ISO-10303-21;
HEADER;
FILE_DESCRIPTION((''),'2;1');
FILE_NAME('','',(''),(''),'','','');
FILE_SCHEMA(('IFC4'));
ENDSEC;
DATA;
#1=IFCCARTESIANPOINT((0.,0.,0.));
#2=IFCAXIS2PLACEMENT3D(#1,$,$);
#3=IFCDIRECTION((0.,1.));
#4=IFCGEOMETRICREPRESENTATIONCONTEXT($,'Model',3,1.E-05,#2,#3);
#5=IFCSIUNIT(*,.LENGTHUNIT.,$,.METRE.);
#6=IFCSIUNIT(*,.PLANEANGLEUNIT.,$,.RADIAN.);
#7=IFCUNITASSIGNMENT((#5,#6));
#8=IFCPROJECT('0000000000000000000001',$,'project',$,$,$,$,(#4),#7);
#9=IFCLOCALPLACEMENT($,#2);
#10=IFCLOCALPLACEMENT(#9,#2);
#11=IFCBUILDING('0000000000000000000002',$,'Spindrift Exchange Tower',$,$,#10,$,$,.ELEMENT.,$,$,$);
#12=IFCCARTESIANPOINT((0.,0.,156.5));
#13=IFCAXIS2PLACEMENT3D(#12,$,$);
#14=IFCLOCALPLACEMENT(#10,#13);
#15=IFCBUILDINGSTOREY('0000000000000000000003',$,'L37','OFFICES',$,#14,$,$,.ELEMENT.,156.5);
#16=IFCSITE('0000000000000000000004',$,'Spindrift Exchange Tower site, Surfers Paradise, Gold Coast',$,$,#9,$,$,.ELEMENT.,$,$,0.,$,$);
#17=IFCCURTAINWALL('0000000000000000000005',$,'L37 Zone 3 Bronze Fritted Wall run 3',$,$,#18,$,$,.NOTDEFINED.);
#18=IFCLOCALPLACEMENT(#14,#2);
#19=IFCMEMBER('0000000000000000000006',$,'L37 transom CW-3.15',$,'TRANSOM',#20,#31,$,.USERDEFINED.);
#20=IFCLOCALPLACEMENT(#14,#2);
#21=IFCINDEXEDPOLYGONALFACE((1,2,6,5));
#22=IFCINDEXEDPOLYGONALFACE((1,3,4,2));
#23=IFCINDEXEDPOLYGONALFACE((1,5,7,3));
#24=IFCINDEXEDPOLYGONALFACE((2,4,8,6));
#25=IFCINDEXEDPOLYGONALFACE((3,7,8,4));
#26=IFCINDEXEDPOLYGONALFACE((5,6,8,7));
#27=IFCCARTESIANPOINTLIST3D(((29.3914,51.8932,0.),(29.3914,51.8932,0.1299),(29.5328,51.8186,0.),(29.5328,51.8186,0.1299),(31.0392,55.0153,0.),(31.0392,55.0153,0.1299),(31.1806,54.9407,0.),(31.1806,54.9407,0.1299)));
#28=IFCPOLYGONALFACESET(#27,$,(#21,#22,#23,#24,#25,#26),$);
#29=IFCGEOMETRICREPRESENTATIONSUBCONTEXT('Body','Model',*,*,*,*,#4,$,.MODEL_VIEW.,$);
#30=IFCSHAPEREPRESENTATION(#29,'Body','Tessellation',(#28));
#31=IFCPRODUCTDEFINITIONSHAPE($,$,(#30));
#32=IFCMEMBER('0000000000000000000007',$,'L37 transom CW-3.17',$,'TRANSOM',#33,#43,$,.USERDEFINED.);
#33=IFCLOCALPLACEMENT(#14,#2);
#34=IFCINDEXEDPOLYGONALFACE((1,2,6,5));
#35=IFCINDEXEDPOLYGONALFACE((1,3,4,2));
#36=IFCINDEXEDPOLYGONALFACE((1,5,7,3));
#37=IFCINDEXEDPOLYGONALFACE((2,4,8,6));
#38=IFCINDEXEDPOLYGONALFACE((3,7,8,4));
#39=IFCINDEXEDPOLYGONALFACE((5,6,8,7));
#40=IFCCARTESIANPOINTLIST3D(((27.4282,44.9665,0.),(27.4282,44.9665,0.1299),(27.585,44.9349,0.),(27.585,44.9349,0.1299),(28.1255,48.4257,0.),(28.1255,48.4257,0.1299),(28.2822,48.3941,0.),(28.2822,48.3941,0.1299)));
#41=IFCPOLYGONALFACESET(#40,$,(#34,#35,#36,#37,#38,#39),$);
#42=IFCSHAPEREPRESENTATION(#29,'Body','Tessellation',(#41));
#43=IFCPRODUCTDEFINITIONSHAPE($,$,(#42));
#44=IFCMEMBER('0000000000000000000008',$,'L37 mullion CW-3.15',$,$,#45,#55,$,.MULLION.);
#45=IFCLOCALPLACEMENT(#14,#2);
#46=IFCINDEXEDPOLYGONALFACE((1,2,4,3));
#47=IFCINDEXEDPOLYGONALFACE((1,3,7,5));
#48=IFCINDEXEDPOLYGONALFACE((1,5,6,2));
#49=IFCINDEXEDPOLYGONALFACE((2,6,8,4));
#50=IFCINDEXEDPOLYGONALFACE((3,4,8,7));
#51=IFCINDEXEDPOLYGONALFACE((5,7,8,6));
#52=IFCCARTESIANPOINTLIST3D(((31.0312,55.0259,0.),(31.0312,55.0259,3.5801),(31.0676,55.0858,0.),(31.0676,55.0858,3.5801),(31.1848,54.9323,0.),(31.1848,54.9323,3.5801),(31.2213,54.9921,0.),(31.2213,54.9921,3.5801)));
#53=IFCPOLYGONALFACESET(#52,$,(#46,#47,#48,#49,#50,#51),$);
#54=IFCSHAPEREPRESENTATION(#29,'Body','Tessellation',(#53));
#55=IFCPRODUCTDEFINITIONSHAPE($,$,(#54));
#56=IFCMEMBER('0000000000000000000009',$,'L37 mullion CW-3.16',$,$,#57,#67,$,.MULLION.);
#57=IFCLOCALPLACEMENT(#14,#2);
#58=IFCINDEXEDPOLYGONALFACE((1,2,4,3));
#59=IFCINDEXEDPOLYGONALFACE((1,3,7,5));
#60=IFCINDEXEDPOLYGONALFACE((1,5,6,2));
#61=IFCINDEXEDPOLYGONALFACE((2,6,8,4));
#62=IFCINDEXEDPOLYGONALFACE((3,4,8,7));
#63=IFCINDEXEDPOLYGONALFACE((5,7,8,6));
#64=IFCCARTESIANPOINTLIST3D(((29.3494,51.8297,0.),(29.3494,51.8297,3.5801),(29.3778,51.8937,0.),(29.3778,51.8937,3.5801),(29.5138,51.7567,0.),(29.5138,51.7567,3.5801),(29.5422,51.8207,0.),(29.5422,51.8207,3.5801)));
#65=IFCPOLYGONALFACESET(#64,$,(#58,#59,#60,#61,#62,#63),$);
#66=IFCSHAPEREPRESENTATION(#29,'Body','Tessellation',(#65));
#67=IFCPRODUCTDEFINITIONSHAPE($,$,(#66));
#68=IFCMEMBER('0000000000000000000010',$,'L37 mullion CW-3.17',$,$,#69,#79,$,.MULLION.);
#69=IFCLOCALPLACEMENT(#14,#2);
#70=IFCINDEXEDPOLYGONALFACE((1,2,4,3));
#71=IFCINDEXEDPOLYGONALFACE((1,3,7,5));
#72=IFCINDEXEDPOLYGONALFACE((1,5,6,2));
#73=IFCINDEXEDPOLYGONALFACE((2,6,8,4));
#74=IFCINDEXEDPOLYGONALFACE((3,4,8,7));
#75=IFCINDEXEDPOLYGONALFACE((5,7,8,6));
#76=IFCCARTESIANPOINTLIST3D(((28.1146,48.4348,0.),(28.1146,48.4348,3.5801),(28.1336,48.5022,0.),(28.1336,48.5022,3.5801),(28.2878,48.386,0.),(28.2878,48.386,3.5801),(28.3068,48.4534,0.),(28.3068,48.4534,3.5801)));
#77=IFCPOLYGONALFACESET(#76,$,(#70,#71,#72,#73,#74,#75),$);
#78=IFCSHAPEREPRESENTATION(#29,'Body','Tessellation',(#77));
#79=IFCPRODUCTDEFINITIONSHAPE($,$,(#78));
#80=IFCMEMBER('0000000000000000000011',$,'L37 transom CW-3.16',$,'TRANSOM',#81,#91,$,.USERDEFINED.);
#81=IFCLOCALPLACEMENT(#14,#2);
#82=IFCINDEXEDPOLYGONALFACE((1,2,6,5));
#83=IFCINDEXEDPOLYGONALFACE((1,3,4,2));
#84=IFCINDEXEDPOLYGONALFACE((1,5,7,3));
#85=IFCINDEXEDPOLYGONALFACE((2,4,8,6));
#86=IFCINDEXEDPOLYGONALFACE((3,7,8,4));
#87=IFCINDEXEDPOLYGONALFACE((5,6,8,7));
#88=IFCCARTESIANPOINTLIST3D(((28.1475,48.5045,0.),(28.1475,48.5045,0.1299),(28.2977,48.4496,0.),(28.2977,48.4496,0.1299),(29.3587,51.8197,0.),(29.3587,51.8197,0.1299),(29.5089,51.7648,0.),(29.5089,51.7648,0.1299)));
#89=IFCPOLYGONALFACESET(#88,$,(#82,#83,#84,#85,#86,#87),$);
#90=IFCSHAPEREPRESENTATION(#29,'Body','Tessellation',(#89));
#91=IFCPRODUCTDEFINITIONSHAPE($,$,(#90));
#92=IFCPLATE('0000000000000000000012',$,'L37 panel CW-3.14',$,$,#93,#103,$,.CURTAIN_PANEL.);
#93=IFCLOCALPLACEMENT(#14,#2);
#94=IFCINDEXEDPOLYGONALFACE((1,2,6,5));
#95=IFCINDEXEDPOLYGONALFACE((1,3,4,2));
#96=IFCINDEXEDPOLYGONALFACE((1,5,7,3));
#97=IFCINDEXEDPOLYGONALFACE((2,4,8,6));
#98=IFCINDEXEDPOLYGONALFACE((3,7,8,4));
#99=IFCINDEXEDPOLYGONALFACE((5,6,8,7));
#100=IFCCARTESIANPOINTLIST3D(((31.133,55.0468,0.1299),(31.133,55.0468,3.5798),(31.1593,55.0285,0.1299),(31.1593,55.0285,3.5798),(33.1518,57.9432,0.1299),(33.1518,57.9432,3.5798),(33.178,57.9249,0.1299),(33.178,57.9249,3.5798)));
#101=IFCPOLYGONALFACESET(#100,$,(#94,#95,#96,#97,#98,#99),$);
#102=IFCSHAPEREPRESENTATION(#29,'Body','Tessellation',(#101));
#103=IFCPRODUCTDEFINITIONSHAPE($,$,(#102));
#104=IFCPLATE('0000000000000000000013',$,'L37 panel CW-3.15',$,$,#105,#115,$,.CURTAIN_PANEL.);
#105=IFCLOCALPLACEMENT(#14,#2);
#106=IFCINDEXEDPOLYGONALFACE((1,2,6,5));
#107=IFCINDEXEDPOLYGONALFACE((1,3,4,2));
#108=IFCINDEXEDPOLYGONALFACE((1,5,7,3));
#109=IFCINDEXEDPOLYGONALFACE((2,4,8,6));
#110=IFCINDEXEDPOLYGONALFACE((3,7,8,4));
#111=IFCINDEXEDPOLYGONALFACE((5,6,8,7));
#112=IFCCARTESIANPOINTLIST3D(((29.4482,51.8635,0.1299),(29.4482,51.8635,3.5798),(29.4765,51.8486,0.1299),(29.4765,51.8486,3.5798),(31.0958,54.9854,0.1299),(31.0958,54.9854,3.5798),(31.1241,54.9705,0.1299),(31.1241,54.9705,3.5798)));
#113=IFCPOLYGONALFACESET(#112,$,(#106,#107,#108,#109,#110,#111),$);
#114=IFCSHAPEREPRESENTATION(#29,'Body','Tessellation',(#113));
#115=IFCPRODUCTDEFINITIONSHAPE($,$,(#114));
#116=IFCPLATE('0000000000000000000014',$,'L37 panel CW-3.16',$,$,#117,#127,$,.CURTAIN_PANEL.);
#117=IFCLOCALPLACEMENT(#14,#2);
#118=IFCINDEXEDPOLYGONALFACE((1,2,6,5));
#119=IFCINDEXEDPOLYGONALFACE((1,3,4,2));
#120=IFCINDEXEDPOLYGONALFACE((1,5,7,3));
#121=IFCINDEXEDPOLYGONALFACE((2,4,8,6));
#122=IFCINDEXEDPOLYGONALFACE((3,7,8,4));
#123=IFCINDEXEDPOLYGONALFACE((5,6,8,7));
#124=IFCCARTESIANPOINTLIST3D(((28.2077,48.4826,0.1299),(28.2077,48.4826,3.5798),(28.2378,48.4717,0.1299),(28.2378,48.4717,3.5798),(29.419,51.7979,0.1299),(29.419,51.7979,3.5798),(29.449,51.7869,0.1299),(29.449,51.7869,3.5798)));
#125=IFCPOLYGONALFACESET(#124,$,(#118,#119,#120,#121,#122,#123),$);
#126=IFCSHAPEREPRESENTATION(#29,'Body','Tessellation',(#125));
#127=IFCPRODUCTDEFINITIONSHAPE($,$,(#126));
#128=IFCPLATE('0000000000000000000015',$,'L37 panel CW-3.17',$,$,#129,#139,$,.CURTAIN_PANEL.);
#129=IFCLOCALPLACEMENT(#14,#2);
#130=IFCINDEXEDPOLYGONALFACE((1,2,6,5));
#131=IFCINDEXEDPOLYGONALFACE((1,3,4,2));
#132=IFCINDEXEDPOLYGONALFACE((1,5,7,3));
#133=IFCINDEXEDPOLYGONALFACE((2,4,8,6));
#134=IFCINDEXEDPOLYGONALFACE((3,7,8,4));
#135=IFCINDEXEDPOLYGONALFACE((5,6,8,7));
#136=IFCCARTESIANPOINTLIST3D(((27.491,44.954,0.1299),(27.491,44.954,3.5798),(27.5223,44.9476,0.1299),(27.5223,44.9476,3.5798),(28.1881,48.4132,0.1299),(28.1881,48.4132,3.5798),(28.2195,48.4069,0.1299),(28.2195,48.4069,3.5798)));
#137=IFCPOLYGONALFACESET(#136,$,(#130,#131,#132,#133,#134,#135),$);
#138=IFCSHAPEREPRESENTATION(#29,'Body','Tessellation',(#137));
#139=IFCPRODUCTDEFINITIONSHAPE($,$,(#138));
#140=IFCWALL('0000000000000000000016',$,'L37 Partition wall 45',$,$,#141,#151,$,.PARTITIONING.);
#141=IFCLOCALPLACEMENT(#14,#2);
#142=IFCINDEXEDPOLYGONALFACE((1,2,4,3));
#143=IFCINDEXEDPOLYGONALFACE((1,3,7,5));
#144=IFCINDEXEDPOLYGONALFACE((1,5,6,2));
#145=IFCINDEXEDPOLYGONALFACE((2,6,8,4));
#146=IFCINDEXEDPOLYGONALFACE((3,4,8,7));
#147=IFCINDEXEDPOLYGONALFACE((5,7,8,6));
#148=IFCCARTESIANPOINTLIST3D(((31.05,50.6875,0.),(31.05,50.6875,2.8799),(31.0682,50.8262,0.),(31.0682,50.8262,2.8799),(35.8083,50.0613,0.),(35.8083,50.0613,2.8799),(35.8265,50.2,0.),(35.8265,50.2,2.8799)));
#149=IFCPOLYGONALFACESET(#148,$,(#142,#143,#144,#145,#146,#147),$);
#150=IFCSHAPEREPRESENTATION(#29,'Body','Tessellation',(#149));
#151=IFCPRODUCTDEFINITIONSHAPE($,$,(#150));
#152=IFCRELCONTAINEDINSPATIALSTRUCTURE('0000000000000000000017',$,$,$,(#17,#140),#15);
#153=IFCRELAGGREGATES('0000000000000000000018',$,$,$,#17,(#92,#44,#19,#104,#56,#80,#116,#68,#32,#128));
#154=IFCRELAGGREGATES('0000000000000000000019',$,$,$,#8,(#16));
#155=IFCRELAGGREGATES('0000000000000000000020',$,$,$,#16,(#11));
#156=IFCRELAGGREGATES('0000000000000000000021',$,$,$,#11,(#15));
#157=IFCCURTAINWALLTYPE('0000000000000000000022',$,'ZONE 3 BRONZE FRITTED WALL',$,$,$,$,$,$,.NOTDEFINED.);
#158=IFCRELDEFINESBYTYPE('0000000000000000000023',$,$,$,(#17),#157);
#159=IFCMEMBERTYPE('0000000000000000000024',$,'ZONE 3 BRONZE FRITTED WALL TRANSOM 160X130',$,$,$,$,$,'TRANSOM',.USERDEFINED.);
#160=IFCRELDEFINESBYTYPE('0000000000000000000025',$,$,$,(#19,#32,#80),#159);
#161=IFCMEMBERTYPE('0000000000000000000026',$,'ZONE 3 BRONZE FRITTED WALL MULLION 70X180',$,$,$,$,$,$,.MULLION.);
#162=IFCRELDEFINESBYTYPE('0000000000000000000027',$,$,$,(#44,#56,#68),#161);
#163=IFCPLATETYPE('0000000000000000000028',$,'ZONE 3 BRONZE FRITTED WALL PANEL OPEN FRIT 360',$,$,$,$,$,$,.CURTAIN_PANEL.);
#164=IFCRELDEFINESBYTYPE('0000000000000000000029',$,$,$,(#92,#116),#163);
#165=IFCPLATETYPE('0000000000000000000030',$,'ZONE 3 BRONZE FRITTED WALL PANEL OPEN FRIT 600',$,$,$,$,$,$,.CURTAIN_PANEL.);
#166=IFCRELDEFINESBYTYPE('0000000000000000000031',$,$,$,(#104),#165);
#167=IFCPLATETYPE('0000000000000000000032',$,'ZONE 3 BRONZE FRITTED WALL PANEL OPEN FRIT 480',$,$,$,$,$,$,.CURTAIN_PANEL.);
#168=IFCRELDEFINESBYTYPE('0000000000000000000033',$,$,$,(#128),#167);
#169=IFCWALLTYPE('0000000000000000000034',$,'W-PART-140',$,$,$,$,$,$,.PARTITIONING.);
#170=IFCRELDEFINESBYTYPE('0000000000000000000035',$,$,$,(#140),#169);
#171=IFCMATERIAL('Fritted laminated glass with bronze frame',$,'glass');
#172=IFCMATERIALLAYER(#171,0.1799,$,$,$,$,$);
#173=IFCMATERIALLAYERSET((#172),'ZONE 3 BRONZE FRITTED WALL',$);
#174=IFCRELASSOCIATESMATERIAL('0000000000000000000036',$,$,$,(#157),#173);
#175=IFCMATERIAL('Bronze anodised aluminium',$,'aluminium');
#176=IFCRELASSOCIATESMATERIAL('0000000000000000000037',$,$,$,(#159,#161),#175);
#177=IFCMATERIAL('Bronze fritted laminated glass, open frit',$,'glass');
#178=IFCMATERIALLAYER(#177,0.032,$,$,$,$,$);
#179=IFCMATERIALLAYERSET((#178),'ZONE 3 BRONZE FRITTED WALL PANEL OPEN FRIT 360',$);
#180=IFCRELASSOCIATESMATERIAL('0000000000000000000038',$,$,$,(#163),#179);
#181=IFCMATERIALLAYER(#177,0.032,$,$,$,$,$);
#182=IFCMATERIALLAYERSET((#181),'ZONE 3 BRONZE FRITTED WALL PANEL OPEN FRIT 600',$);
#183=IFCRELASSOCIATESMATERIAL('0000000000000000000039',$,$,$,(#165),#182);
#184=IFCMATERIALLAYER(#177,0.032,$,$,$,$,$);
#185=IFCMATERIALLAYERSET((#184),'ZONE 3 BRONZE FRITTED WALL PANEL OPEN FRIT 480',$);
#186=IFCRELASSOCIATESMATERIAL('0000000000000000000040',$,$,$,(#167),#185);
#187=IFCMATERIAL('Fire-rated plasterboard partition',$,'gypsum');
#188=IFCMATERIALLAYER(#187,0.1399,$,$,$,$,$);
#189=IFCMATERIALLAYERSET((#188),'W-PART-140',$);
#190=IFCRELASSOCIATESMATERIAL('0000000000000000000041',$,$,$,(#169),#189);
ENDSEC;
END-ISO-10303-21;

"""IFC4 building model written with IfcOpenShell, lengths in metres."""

from ifc_helpers import new_model, si_unit, direction, frame, frame_2d, origin, origin_2d, place, context, subcontext, project, spatial, rectangle, extrude, source, transform, mapped, material, layer, layer_set, material_profile, profile_set, type_object, element, aggregate, save


model = new_model("IFC4")

# Units and contexts
model_context = context("Model", 3, precision=1e-05, world=origin(), true_north=direction((0.0, 1.0)))
body_context = subcontext(model_context, "Body", "Model", "MODEL_VIEW")
ifc_project = project(units=[si_unit("LENGTHUNIT", "METRE"), si_unit("PLANEANGLEUNIT", "RADIAN")], contexts=[model_context])

# Site, building, storey
site_placement = place(None, origin())
site = spatial("IfcSite", under=ifc_project, at=site_placement, Name="Spindrift Exchange Tower site, Surfers Paradise, Gold Coast", CompositionType="ELEMENT", RefElevation=0.0)
building_placement = place(site_placement, origin())
building = spatial("IfcBuilding", under=site, at=building_placement, Name="Spindrift Exchange Tower", CompositionType="ELEMENT")
storey_placement = place(building_placement, frame((0.0, 0.0, 156.5)))
storey = spatial("IfcBuildingStorey", under=building, at=storey_placement, Name="L37", Description="OFFICES", CompositionType="ELEMENT", Elevation=156.5)

# Curtain wall, members, plates
ifc_material_1 = material(Name="Fritted laminated glass with bronze frame", Category="glass")
ifc_layer_1 = layer(ifc_material_1, 0.1799)
ifc_layer_set_1 = layer_set([ifc_layer_1], Name="ZONE 3 BRONZE FRITTED WALL")
curtain_wall_type = type_object("IfcCurtainWallType", Name="ZONE 3 BRONZE FRITTED WALL", PredefinedType="NOTDEFINED", material=ifc_layer_set_1)
curtain_wall_placement = place(storey_placement, origin())
curtain_wall = element("IfcCurtainWall", 1, at=curtain_wall_placement, inside=storey, type_object=curtain_wall_type, Name="L37 Zone 3 Bronze Fritted Wall run 3", PredefinedType="NOTDEFINED")
ifc_material_2 = material(Name="Bronze anodised aluminium", Category="aluminium")
ifc_material_profile_1 = material_profile(ifc_material_2, rectangle(XDim=0.1599, YDim=0.1299, at=origin_2d()), Name="ZONE 3 BRONZE FRITTED WALL TRANSOM 160X130")
ifc_profile_set_1 = profile_set([ifc_material_profile_1], Name="Bronze anodised aluminium")
member_type_1 = type_object("IfcMemberType", Name="ZONE 3 BRONZE FRITTED WALL TRANSOM 160X130", ElementType="TRANSOM", PredefinedType="USERDEFINED", material=ifc_profile_set_1)
shared_shape_1 = source(origin(), body_context, "Body", "SweptSolid", [
    extrude(rectangle(XDim=0.1599, YDim=0.1299, at=origin_2d()), origin(), (0.0, 0.0, 1.0), 3.5303),
])
member_1_placement = place(storey_placement, frame((31.1099, 54.978, 0.0649), z_axis=(-0.466747, -0.884391, 0.0), x_axis=(0.884391, -0.466747, 0.0)))
member_1 = element("IfcMember", 2, at=member_1_placement, type_object=member_type_1, Name="L37 transom CW-3.15", ObjectType="TRANSOM", PredefinedType="USERDEFINED", context=body_context, shape_type="MappedRepresentation", body=[
    mapped(shared_shape_1, transform((0.0, 0.0, 0.0), scale=1.0)),
])
shared_shape_2 = source(origin(), body_context, "Body", "SweptSolid", [
    extrude(rectangle(XDim=0.1599, YDim=0.1299, at=origin_2d()), origin(), (0.0, 0.0, 1.0), 3.5288),
])
member_2_placement = place(storey_placement, frame((28.2039, 48.4099, 0.0649), z_axis=(-0.197593, -0.980284, 0.0), x_axis=(0.980284, -0.197593, 0.0)))
member_2 = element("IfcMember", 3, at=member_2_placement, type_object=member_type_1, Name="L37 transom CW-3.17", ObjectType="TRANSOM", PredefinedType="USERDEFINED", context=body_context, shape_type="MappedRepresentation", body=[
    mapped(shared_shape_2, transform((0.0, 0.0, 0.0), scale=1.0)),
])
ifc_material_profile_2 = material_profile(ifc_material_2, rectangle(XDim=0.0701, YDim=0.1799, at=origin_2d()), Name="ZONE 3 BRONZE FRITTED WALL MULLION 70X180")
ifc_profile_set_2 = profile_set([ifc_material_profile_2], Name="Bronze anodised aluminium")
member_type_2 = type_object("IfcMemberType", Name="ZONE 3 BRONZE FRITTED WALL MULLION 70X180", PredefinedType="MULLION", material=ifc_profile_set_2)
shared_shape_3 = source(origin(), body_context, "Body", "SweptSolid", [
    extrude(rectangle(XDim=0.0701, YDim=0.1799, at=origin_2d()), origin(), (0.0, 0.0, 1.0), 3.5801),
])
member_3_placement = place(storey_placement, frame((31.1262, 55.009, 0.0), z_axis=(0.0, 0.0, 1.0), x_axis=(-0.52025, -0.854014, 0.0)))
member_3 = element("IfcMember", 4, at=member_3_placement, type_object=member_type_2, Name="L37 mullion CW-3.15", PredefinedType="MULLION", context=body_context, shape_type="MappedRepresentation", body=[
    mapped(shared_shape_3, transform((0.0, 0.0, 0.0), scale=1.0)),
])
member_4_placement = place(storey_placement, frame((29.4458, 51.8252, 0.0), z_axis=(0.0, 0.0, 1.0), x_axis=(-0.405879, -0.913927, 0.0)))
member_4 = element("IfcMember", 5, at=member_4_placement, type_object=member_type_2, Name="L37 mullion CW-3.16", PredefinedType="MULLION", context=body_context, shape_type="MappedRepresentation", body=[
    mapped(shared_shape_3, transform((0.0, 0.0, 0.0), scale=1.0)),
])
member_5_placement = place(storey_placement, frame((28.2107, 48.4441, 0.0), z_axis=(0.0, 0.0, 1.0), x_axis=(-0.271142, -0.962539, 0.0)))
member_5 = element("IfcMember", 6, at=member_5_placement, type_object=member_type_2, Name="L37 mullion CW-3.17", PredefinedType="MULLION", context=body_context, shape_type="MappedRepresentation", body=[
    mapped(shared_shape_3, transform((0.0, 0.0, 0.0), scale=1.0)),
])
shared_shape_4 = source(origin(), body_context, "Body", "SweptSolid", [
    extrude(rectangle(XDim=0.1599, YDim=0.1299, at=origin_2d()), origin(), (0.0, 0.0, 1.0), 3.5295),
])
member_6_placement = place(storey_placement, frame((29.4338, 51.7922, 0.0649), z_axis=(-0.343159, -0.939277, 0.0), x_axis=(0.939277, -0.343159, 0.0)))
member_6 = element("IfcMember", 7, at=member_6_placement, type_object=member_type_1, Name="L37 transom CW-3.16", ObjectType="TRANSOM", PredefinedType="USERDEFINED", context=body_context, shape_type="MappedRepresentation", body=[
    mapped(shared_shape_4, transform((0.0, 0.0, 0.0), scale=1.0)),
])
ifc_material_3 = material(Name="Bronze fritted laminated glass, open frit", Category="glass")
ifc_layer_2 = layer(ifc_material_3, 0.032)
ifc_layer_set_2 = layer_set([ifc_layer_2], Name="ZONE 3 BRONZE FRITTED WALL PANEL OPEN FRIT 360")
plate_type_1 = type_object("IfcPlateType", Name="ZONE 3 BRONZE FRITTED WALL PANEL OPEN FRIT 360", PredefinedType="CURTAIN_PANEL", material=ifc_layer_set_2)
shared_shape_5 = source(origin(), body_context, "Body", "SweptSolid", [
    extrude(rectangle(XDim=3.5305, YDim=0.032, at=origin_2d()), origin(), (0.0, 0.0, 1.0), 3.45),
])
plate_1_placement = place(storey_placement, frame((32.1555, 56.4858, 0.1299), z_axis=(0.0, 0.0, 1.0), x_axis=(-0.571791, -0.820399, 0.0)))
plate_1 = element("IfcPlate", 8, at=plate_1_placement, type_object=plate_type_1, Name="L37 panel CW-3.14", PredefinedType="CURTAIN_PANEL", context=body_context, shape_type="MappedRepresentation", body=[
    mapped(shared_shape_5, transform((0.0, 0.0, 0.0), scale=1.0)),
])
ifc_layer_3 = layer(ifc_material_3, 0.032)
ifc_layer_set_3 = layer_set([ifc_layer_3], Name="ZONE 3 BRONZE FRITTED WALL PANEL OPEN FRIT 600")
plate_type_2 = type_object("IfcPlateType", Name="ZONE 3 BRONZE FRITTED WALL PANEL OPEN FRIT 600", PredefinedType="CURTAIN_PANEL", material=ifc_layer_set_3)
shared_shape_6 = source(origin(), body_context, "Body", "SweptSolid", [
    extrude(rectangle(XDim=3.53, YDim=0.032, at=origin_2d()), origin(), (0.0, 0.0, 1.0), 3.45),
])
plate_2_placement = place(storey_placement, frame((30.2861, 53.417, 0.1299), z_axis=(0.0, 0.0, 1.0), x_axis=(-0.466739, -0.884395, 0.0)))
plate_2 = element("IfcPlate", 9, at=plate_2_placement, type_object=plate_type_2, Name="L37 panel CW-3.15", PredefinedType="CURTAIN_PANEL", context=body_context, shape_type="MappedRepresentation", body=[
    mapped(shared_shape_6, transform((0.0, 0.0, 0.0), scale=1.0)),
])
shared_shape_7 = source(origin(), body_context, "Body", "SweptSolid", [
    extrude(rectangle(XDim=3.5295, YDim=0.032, at=origin_2d()), origin(), (0.0, 0.0, 1.0), 3.45),
])
plate_3_placement = place(storey_placement, frame((28.8284, 50.1348, 0.1299), z_axis=(0.0, 0.0, 1.0), x_axis=(-0.343161, -0.939276, 0.0)))
plate_3 = element("IfcPlate", 10, at=plate_3_placement, type_object=plate_type_1, Name="L37 panel CW-3.16", PredefinedType="CURTAIN_PANEL", context=body_context, shape_type="MappedRepresentation", body=[
    mapped(shared_shape_7, transform((0.0, 0.0, 0.0), scale=1.0)),
])
ifc_layer_4 = layer(ifc_material_3, 0.032)
ifc_layer_set_4 = layer_set([ifc_layer_4], Name="ZONE 3 BRONZE FRITTED WALL PANEL OPEN FRIT 480")
plate_type_3 = type_object("IfcPlateType", Name="ZONE 3 BRONZE FRITTED WALL PANEL OPEN FRIT 480", PredefinedType="CURTAIN_PANEL", material=ifc_layer_set_4)
shared_shape_8 = source(origin(), body_context, "Body", "SweptSolid", [
    extrude(rectangle(XDim=3.5288, YDim=0.032, at=origin_2d()), origin(), (0.0, 0.0, 1.0), 3.45),
])
plate_4_placement = place(storey_placement, frame((27.8552, 46.6804, 0.1299), z_axis=(0.0, 0.0, 1.0), x_axis=(-0.19757, -0.980289, 0.0)))
plate_4 = element("IfcPlate", 11, at=plate_4_placement, type_object=plate_type_3, Name="L37 panel CW-3.17", PredefinedType="CURTAIN_PANEL", context=body_context, shape_type="MappedRepresentation", body=[
    mapped(shared_shape_8, transform((0.0, 0.0, 0.0), scale=1.0)),
])
aggregate(curtain_wall, [plate_1, member_3, member_1, plate_2, member_4, member_6, plate_3, member_5, member_2, plate_4])

# Wall
ifc_material_4 = material(Name="Fire-rated plasterboard partition", Category="gypsum")
ifc_layer_5 = layer(ifc_material_4, 0.1399)
ifc_layer_set_5 = layer_set([ifc_layer_5], Name="W-PART-140")
wall_type = type_object("IfcWallType", Name="W-PART-140", PredefinedType="PARTITIONING", material=ifc_layer_set_5)
wall_1_placement = place(storey_placement, frame((35.8174, 50.1306, 0.0), z_axis=(0.0, 0.0, 1.0), x_axis=(-0.991451, 0.130481, 0.0)))
element("IfcWall", 12, at=wall_1_placement, inside=storey, type_object=wall_type, Name="L37 Partition wall 45", PredefinedType="PARTITIONING", context=body_context, shape_type="SweptSolid", body=[
    extrude(rectangle(XDim=4.7993, YDim=0.1399, at=frame_2d((2.3997, 0.0))), origin(), (0.0, 0.0, 1.0), 2.8799),
])

save(model, "model.ifc")
